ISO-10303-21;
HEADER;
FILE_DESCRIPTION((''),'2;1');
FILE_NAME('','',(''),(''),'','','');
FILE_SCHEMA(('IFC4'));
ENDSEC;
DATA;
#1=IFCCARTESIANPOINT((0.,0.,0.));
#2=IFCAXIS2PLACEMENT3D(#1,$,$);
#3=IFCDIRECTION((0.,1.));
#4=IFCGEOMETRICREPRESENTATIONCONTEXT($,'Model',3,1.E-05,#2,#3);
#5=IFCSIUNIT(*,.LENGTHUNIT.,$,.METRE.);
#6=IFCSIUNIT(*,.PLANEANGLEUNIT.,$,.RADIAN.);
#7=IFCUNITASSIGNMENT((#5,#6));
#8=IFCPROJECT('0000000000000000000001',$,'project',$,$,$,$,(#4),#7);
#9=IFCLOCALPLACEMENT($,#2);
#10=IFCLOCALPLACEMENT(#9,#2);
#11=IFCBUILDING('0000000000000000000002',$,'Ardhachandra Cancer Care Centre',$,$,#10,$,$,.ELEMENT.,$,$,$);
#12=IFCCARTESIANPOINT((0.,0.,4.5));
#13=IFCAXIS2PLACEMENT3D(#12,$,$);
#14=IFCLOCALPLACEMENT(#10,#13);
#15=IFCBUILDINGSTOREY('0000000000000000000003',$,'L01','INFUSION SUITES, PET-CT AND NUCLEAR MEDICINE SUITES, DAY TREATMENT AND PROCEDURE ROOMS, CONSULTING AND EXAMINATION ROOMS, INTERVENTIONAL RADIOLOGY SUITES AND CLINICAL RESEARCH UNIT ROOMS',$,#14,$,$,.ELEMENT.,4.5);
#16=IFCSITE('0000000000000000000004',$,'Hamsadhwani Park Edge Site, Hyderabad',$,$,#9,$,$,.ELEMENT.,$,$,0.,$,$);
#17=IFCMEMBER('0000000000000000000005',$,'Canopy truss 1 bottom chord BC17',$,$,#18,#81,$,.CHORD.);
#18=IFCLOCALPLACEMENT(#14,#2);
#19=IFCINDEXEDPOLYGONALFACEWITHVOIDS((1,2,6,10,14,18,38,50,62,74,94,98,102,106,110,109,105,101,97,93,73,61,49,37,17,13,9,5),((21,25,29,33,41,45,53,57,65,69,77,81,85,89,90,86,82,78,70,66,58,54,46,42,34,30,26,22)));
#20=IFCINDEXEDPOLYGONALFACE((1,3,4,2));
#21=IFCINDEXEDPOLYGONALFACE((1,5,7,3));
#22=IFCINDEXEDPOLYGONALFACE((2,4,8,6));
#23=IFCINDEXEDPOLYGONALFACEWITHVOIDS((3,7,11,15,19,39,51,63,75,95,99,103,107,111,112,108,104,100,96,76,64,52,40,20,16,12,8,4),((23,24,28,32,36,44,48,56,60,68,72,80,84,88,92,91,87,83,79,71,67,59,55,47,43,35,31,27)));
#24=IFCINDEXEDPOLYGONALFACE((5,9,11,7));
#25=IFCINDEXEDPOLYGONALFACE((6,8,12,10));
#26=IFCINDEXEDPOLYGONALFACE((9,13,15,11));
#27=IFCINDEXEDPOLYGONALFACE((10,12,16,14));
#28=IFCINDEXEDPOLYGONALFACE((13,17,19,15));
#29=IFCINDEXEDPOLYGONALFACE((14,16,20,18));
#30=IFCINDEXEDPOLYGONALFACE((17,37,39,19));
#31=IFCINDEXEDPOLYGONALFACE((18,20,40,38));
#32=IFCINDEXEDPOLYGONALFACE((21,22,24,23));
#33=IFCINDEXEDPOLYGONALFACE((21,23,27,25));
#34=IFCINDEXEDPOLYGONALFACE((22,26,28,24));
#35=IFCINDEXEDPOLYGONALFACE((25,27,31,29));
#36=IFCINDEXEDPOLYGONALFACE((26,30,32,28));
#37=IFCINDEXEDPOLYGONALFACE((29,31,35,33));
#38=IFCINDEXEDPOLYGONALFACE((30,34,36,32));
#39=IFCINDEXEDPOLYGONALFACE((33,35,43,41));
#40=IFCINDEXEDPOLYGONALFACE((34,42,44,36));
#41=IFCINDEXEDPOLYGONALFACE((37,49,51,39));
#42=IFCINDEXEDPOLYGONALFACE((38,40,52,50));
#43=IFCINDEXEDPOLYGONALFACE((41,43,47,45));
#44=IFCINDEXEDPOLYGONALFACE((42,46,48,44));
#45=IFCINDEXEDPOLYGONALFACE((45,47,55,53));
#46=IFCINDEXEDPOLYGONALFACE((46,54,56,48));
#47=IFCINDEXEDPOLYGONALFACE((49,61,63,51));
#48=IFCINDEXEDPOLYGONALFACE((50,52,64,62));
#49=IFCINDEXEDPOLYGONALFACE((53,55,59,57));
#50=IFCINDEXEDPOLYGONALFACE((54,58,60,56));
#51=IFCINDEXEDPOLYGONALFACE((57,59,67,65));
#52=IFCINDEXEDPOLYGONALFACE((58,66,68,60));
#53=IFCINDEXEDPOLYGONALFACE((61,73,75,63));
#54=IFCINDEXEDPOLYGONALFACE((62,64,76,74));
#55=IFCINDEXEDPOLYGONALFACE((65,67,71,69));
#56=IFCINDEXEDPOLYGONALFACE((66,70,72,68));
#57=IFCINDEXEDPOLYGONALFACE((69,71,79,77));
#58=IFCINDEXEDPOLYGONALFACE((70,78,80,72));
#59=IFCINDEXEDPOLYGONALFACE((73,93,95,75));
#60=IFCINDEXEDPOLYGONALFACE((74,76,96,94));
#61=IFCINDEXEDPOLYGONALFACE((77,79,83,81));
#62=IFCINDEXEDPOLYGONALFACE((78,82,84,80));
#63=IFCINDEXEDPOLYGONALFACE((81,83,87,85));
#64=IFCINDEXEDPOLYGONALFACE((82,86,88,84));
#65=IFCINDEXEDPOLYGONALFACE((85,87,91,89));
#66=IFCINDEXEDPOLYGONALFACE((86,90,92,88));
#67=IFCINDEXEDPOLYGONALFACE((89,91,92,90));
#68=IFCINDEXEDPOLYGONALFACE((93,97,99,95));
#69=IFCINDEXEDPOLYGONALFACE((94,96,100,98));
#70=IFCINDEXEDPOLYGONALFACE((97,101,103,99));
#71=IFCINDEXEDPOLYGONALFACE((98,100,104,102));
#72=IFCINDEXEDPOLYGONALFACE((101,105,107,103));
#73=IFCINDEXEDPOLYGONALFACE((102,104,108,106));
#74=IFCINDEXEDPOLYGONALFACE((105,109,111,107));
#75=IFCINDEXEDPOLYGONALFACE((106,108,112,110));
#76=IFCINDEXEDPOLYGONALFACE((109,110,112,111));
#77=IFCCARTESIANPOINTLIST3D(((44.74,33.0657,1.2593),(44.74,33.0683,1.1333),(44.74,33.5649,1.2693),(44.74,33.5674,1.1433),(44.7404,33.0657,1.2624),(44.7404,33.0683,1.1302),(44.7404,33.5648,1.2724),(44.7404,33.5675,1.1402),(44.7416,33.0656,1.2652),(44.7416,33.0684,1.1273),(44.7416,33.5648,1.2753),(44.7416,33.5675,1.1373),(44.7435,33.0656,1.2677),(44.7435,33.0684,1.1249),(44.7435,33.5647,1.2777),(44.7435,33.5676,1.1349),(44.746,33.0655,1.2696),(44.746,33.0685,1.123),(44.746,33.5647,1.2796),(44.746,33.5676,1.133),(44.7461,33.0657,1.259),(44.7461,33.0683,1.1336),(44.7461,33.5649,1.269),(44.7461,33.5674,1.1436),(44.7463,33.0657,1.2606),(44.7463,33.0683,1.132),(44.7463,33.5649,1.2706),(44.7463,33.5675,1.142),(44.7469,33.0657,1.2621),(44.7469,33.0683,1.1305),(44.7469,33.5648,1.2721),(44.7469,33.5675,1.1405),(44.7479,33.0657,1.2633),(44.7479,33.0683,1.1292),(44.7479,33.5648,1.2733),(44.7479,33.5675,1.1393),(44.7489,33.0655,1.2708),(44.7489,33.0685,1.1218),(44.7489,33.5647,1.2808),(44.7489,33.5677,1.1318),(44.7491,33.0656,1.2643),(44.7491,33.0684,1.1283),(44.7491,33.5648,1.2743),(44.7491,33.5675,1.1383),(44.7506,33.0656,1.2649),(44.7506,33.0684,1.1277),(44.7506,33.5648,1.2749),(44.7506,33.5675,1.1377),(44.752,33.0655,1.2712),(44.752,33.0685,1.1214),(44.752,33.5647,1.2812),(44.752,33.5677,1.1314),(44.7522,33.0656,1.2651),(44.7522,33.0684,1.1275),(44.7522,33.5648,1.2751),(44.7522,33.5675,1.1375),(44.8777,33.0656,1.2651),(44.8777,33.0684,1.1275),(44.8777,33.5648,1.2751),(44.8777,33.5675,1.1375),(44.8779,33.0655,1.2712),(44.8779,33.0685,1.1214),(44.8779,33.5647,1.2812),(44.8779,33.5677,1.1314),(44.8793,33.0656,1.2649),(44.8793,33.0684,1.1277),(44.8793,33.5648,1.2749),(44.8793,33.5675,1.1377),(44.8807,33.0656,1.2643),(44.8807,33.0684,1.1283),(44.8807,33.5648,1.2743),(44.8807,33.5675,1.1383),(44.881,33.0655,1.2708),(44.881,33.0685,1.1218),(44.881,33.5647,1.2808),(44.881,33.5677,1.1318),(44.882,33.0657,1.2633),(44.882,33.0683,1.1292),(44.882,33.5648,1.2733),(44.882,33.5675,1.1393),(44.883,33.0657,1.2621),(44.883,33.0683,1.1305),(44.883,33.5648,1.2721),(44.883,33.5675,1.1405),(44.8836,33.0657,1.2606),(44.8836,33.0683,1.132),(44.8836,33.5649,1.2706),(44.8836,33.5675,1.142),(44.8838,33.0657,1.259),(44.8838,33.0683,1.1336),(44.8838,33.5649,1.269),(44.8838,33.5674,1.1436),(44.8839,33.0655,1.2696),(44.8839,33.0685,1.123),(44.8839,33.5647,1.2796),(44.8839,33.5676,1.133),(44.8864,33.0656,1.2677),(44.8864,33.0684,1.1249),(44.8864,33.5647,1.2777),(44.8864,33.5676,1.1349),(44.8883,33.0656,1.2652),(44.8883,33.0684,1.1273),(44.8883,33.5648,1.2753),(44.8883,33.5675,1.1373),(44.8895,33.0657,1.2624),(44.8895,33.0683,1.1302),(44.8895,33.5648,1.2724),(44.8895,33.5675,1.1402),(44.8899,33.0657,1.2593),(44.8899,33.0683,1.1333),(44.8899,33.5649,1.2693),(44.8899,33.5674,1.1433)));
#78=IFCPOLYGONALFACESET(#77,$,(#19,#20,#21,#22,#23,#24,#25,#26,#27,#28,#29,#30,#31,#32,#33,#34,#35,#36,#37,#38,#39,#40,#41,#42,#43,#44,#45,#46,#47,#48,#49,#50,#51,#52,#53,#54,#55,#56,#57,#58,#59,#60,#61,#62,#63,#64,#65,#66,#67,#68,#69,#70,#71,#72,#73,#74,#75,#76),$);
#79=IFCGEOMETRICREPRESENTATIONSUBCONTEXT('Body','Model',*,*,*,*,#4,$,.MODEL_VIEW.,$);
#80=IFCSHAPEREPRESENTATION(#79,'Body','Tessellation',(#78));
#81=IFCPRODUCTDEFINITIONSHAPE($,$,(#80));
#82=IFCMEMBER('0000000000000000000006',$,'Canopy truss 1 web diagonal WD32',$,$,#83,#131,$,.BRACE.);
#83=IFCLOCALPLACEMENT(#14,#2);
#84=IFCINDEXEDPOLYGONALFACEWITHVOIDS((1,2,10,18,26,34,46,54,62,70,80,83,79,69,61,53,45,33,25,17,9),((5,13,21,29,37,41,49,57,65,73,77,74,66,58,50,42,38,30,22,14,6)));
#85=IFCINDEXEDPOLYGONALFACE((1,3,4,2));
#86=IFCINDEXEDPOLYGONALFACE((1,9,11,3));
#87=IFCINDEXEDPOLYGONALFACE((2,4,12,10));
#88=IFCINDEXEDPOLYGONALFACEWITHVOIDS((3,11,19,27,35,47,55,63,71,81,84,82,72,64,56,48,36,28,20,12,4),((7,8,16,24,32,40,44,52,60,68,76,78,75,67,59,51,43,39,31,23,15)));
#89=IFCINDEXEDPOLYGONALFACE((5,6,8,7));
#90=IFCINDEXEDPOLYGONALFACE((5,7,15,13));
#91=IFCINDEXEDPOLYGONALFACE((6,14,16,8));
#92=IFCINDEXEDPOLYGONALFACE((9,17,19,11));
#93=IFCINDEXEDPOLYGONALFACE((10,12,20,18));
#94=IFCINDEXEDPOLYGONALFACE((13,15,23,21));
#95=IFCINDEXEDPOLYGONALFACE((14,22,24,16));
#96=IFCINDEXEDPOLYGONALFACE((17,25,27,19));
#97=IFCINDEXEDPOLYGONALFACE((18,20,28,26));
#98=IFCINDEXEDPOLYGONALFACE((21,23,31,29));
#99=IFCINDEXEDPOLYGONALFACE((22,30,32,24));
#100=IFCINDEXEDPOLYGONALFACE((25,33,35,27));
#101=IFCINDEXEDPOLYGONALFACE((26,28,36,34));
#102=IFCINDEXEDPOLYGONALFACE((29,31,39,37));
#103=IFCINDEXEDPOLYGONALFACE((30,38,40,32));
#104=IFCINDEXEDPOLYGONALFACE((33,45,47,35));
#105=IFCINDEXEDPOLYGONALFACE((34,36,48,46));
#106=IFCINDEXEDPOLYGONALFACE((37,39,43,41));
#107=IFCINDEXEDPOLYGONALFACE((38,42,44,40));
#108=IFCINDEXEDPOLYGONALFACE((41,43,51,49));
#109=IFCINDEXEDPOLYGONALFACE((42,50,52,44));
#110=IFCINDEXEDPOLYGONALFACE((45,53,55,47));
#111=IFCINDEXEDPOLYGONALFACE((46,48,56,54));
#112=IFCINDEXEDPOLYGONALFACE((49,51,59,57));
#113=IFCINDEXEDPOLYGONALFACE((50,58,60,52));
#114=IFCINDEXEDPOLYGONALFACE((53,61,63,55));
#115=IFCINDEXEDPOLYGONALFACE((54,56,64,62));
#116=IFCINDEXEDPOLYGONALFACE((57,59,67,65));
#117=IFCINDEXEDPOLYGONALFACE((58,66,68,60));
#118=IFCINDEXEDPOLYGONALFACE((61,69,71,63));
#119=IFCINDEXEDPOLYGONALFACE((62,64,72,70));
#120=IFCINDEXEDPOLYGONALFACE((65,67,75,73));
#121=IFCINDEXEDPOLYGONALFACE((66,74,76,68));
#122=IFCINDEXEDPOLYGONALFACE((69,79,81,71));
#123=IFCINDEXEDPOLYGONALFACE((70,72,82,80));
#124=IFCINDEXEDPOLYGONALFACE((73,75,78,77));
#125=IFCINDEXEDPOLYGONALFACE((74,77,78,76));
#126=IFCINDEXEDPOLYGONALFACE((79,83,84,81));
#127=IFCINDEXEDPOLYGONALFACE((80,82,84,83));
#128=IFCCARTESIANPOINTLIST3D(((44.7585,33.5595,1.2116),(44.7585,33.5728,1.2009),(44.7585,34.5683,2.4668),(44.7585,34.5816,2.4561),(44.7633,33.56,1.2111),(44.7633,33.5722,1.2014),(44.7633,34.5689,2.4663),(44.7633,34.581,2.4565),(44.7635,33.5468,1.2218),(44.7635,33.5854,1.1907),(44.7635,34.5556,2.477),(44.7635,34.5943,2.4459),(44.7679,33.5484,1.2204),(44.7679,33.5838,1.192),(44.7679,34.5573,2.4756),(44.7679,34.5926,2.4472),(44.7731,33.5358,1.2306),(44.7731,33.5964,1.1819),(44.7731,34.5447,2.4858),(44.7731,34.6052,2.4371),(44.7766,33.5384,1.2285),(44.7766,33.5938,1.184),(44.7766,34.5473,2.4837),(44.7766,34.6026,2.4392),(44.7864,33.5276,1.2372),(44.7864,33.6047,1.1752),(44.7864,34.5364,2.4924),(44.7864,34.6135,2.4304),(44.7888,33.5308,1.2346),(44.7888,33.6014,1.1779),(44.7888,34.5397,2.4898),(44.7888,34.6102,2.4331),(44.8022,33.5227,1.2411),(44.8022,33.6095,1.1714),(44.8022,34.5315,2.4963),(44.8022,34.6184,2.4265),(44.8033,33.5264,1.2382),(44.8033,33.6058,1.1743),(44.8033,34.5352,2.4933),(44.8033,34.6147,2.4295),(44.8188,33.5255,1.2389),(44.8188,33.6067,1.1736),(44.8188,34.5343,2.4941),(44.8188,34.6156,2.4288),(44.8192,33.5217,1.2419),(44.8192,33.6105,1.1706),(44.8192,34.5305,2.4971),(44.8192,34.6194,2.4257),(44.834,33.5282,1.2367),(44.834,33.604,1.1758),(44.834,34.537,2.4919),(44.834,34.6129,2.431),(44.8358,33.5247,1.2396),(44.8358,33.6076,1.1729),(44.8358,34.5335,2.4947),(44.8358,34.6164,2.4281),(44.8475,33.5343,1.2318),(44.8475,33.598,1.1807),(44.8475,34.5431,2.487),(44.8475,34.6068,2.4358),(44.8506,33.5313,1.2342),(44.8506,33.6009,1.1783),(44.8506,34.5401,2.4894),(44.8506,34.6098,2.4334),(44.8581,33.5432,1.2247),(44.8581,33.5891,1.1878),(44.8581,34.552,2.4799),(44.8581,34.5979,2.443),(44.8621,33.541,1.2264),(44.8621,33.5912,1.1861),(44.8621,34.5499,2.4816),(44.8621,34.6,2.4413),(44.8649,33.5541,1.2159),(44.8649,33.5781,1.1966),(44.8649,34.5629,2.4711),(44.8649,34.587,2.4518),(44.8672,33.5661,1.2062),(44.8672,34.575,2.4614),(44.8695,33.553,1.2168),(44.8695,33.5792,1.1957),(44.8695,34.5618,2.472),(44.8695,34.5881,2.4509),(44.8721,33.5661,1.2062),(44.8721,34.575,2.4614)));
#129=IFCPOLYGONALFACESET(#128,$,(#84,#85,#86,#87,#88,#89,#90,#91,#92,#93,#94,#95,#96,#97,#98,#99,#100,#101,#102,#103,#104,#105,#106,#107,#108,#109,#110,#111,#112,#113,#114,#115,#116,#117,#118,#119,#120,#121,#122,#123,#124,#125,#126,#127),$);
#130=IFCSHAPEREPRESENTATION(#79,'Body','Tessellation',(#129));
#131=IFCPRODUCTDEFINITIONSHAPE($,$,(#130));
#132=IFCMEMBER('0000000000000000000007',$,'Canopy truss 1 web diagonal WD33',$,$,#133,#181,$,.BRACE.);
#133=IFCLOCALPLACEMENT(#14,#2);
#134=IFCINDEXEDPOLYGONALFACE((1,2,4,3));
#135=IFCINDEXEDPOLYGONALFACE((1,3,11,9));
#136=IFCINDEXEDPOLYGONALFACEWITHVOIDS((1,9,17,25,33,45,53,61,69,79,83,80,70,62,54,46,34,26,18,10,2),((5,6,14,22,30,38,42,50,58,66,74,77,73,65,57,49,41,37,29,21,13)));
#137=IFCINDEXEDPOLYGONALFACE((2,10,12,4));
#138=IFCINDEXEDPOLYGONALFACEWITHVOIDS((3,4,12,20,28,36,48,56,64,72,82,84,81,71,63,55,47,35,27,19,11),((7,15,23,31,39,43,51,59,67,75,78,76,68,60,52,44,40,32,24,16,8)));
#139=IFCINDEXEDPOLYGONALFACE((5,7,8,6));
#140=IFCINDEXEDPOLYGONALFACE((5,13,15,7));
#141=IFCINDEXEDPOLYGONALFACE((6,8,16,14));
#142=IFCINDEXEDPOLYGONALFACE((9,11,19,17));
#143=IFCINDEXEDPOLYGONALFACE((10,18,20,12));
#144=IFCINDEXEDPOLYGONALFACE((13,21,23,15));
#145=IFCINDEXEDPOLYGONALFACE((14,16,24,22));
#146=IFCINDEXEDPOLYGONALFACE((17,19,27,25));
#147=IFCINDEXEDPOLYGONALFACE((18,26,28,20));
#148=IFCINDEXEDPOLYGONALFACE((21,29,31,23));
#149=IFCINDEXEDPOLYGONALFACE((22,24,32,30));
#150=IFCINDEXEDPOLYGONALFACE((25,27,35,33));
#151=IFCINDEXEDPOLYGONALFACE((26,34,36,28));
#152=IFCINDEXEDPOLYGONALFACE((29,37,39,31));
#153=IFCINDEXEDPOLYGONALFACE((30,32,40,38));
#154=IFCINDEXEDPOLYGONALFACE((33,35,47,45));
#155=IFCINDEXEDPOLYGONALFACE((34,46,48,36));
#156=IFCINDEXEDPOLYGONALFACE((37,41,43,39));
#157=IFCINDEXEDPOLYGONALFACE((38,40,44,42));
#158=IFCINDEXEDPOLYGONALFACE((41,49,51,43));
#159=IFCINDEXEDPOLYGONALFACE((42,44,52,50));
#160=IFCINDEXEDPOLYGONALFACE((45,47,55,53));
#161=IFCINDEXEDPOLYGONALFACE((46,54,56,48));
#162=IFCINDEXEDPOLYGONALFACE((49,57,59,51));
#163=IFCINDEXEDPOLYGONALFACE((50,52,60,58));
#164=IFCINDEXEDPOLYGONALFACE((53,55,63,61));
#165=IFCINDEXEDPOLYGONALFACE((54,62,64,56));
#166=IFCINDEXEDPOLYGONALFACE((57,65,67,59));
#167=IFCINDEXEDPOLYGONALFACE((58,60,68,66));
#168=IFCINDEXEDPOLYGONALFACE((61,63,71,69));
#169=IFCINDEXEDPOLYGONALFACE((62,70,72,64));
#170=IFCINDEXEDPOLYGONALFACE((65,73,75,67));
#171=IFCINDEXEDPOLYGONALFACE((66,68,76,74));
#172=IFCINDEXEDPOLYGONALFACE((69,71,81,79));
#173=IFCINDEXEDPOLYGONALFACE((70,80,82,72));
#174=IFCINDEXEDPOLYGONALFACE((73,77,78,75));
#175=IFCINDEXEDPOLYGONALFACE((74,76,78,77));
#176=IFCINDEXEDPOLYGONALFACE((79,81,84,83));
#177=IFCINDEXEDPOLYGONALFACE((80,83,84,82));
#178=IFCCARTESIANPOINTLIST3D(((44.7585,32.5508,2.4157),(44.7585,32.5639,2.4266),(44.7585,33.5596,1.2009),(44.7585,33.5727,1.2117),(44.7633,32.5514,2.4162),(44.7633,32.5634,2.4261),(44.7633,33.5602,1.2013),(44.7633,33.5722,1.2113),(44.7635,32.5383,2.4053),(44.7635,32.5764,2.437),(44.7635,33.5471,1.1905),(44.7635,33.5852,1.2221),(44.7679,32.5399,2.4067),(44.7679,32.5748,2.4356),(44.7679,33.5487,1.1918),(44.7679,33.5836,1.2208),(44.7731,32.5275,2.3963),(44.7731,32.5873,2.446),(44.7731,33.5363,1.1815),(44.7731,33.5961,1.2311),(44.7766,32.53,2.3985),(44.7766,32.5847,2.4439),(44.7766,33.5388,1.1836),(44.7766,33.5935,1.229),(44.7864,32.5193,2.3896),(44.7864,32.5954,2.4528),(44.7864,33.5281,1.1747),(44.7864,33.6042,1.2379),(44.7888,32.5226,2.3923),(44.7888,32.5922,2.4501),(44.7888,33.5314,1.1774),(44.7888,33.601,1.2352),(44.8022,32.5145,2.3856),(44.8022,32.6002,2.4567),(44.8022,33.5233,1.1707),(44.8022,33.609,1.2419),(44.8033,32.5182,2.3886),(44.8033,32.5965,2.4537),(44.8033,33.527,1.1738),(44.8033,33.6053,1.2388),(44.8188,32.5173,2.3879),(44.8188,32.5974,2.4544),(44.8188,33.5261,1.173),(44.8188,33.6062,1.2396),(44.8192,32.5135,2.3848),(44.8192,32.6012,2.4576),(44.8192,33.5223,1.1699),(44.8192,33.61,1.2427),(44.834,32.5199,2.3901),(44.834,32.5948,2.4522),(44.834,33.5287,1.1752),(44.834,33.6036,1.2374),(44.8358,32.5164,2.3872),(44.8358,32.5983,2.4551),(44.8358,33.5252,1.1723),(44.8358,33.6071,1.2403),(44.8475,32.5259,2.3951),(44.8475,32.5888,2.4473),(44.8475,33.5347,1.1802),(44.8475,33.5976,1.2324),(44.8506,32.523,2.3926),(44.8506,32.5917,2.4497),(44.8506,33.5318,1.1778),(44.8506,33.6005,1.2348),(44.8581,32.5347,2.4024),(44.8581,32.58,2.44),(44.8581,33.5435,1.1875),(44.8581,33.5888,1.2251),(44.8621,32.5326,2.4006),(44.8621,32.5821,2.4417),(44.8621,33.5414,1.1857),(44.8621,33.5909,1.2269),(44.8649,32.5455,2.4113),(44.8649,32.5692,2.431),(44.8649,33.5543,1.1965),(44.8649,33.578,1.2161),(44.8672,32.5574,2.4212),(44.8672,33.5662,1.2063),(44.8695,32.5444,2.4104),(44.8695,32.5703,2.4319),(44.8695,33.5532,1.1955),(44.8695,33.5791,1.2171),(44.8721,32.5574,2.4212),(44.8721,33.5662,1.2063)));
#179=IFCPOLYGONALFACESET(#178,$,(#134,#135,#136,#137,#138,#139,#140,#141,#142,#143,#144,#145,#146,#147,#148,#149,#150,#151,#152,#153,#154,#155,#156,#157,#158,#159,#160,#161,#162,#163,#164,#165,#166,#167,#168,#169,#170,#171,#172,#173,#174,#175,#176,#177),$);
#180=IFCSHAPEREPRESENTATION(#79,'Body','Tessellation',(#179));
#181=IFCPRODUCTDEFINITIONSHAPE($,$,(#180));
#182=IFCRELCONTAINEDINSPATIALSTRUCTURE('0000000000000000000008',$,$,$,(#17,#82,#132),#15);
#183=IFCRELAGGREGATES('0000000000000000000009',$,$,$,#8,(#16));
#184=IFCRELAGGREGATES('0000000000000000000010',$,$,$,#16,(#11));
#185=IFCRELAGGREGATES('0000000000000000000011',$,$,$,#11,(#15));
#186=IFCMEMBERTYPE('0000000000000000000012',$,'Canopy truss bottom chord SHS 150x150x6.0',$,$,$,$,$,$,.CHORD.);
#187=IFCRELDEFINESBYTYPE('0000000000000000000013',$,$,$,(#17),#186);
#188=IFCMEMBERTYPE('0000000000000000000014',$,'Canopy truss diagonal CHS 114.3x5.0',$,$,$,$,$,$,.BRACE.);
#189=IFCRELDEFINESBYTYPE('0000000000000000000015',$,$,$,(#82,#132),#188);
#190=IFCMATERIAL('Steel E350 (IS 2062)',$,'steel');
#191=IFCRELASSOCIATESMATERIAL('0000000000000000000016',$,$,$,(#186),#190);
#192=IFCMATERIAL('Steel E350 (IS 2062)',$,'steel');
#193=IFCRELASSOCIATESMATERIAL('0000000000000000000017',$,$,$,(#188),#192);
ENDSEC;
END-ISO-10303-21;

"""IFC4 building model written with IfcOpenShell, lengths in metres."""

from ifc_helpers import new_model, si_unit, direction, frame, origin, origin_2d, place, context, subcontext, project, spatial, hollow_rectangle, hollow_circle, extrude, material, material_profile, profile_set, type_object, element, save


model = new_model("IFC4")

# Units and contexts
model_context = context("Model", 3, precision=1e-05, world=origin(), true_north=direction((0.0, 1.0)))
body_context = subcontext(model_context, "Body", "Model", "MODEL_VIEW")
ifc_project = project(units=[si_unit("LENGTHUNIT", "METRE"), si_unit("PLANEANGLEUNIT", "RADIAN")], contexts=[model_context])

# Site, building, storey
site_placement = place(None, origin())
site = spatial("IfcSite", under=ifc_project, at=site_placement, Name="Hamsadhwani Park Edge Site, Hyderabad", CompositionType="ELEMENT", RefElevation=0.0)
building_placement = place(site_placement, origin())
building = spatial("IfcBuilding", under=site, at=building_placement, Name="Ardhachandra Cancer Care Centre", CompositionType="ELEMENT")
storey_placement = place(building_placement, frame((0.0, 0.0, 4.5)))
storey = spatial("IfcBuildingStorey", under=building, at=storey_placement, Name="L01", Description="INFUSION SUITES, PET-CT AND NUCLEAR MEDICINE SUITES, DAY TREATMENT AND PROCEDURE ROOMS, CONSULTING AND EXAMINATION ROOMS, INTERVENTIONAL RADIOLOGY SUITES AND CLINICAL RESEARCH UNIT ROOMS", CompositionType="ELEMENT", Elevation=4.5)

# Members
ifc_material_1 = material(Name="Steel E350 (IS 2062)", Category="steel")
ifc_material_profile_1 = material_profile(ifc_material_1, hollow_rectangle(XDim=0.1499, YDim=0.1499, WallThickness=0.0061, InnerFilletRadius=0.0061, OuterFilletRadius=0.012, at=origin_2d()), Name="SHS 150x150x6.0")
ifc_profile_set_1 = profile_set([ifc_material_profile_1], Name="Steel E350 (IS 2062)")
member_type_1 = type_object("IfcMemberType", Name="Canopy truss bottom chord SHS 150x150x6.0", PredefinedType="CHORD", material=ifc_profile_set_1)
member_1_placement = place(storey_placement, frame((44.8149, 33.5662, 1.2063), z_axis=(0.0, -0.999799, -0.020045), x_axis=(1.0, 0.0, 0.0)))
element("IfcMember", 1, at=member_1_placement, inside=storey, type_object=member_type_1, Name="Canopy truss 1 bottom chord BC17", PredefinedType="CHORD", context=body_context, shape_type="SweptSolid", body=[
    extrude(hollow_rectangle(XDim=0.1499, YDim=0.1499, WallThickness=0.0061, InnerFilletRadius=0.0061, OuterFilletRadius=0.012, at=origin_2d()), origin(), (0.0, 0.0, 1.0), 0.4993),
])
ifc_material_2 = material(Name="Steel E350 (IS 2062)", Category="steel")
ifc_material_profile_2 = material_profile(ifc_material_2, hollow_circle(Radius=0.0571, WallThickness=0.0049, at=origin_2d()), Name="CHS 114.3x5.0")
ifc_profile_set_2 = profile_set([ifc_material_profile_2], Name="Steel E350 (IS 2062)")
member_type_2 = type_object("IfcMemberType", Name="Canopy truss diagonal CHS 114.3x5.0", PredefinedType="BRACE", material=ifc_profile_set_2)
member_2_placement = place(storey_placement, frame((44.8149, 34.575, 2.4614), z_axis=(0.0, -0.626468, -0.779447), x_axis=(1.0, 0.0, 0.0)))
element("IfcMember", 2, at=member_2_placement, inside=storey, type_object=member_type_2, Name="Canopy truss 1 web diagonal WD32", PredefinedType="BRACE", context=body_context, shape_type="SweptSolid", body=[
    extrude(hollow_circle(Radius=0.0571, WallThickness=0.0049, at=origin_2d()), origin(), (0.0, 0.0, 1.0), 1.6104),
])
member_3_placement = place(storey_placement, frame((44.8149, 33.5662, 1.2063), z_axis=(0.0, -0.638845, 0.769335), x_axis=(1.0, 0.0, 0.0)))
element("IfcMember", 3, at=member_3_placement, inside=storey, type_object=member_type_2, Name="Canopy truss 1 web diagonal WD33", PredefinedType="BRACE", context=body_context, shape_type="SweptSolid", body=[
    extrude(hollow_circle(Radius=0.0571, WallThickness=0.0049, at=origin_2d()), origin(), (0.0, 0.0, 1.0), 1.5791),
])

save(model, "model.ifc")
